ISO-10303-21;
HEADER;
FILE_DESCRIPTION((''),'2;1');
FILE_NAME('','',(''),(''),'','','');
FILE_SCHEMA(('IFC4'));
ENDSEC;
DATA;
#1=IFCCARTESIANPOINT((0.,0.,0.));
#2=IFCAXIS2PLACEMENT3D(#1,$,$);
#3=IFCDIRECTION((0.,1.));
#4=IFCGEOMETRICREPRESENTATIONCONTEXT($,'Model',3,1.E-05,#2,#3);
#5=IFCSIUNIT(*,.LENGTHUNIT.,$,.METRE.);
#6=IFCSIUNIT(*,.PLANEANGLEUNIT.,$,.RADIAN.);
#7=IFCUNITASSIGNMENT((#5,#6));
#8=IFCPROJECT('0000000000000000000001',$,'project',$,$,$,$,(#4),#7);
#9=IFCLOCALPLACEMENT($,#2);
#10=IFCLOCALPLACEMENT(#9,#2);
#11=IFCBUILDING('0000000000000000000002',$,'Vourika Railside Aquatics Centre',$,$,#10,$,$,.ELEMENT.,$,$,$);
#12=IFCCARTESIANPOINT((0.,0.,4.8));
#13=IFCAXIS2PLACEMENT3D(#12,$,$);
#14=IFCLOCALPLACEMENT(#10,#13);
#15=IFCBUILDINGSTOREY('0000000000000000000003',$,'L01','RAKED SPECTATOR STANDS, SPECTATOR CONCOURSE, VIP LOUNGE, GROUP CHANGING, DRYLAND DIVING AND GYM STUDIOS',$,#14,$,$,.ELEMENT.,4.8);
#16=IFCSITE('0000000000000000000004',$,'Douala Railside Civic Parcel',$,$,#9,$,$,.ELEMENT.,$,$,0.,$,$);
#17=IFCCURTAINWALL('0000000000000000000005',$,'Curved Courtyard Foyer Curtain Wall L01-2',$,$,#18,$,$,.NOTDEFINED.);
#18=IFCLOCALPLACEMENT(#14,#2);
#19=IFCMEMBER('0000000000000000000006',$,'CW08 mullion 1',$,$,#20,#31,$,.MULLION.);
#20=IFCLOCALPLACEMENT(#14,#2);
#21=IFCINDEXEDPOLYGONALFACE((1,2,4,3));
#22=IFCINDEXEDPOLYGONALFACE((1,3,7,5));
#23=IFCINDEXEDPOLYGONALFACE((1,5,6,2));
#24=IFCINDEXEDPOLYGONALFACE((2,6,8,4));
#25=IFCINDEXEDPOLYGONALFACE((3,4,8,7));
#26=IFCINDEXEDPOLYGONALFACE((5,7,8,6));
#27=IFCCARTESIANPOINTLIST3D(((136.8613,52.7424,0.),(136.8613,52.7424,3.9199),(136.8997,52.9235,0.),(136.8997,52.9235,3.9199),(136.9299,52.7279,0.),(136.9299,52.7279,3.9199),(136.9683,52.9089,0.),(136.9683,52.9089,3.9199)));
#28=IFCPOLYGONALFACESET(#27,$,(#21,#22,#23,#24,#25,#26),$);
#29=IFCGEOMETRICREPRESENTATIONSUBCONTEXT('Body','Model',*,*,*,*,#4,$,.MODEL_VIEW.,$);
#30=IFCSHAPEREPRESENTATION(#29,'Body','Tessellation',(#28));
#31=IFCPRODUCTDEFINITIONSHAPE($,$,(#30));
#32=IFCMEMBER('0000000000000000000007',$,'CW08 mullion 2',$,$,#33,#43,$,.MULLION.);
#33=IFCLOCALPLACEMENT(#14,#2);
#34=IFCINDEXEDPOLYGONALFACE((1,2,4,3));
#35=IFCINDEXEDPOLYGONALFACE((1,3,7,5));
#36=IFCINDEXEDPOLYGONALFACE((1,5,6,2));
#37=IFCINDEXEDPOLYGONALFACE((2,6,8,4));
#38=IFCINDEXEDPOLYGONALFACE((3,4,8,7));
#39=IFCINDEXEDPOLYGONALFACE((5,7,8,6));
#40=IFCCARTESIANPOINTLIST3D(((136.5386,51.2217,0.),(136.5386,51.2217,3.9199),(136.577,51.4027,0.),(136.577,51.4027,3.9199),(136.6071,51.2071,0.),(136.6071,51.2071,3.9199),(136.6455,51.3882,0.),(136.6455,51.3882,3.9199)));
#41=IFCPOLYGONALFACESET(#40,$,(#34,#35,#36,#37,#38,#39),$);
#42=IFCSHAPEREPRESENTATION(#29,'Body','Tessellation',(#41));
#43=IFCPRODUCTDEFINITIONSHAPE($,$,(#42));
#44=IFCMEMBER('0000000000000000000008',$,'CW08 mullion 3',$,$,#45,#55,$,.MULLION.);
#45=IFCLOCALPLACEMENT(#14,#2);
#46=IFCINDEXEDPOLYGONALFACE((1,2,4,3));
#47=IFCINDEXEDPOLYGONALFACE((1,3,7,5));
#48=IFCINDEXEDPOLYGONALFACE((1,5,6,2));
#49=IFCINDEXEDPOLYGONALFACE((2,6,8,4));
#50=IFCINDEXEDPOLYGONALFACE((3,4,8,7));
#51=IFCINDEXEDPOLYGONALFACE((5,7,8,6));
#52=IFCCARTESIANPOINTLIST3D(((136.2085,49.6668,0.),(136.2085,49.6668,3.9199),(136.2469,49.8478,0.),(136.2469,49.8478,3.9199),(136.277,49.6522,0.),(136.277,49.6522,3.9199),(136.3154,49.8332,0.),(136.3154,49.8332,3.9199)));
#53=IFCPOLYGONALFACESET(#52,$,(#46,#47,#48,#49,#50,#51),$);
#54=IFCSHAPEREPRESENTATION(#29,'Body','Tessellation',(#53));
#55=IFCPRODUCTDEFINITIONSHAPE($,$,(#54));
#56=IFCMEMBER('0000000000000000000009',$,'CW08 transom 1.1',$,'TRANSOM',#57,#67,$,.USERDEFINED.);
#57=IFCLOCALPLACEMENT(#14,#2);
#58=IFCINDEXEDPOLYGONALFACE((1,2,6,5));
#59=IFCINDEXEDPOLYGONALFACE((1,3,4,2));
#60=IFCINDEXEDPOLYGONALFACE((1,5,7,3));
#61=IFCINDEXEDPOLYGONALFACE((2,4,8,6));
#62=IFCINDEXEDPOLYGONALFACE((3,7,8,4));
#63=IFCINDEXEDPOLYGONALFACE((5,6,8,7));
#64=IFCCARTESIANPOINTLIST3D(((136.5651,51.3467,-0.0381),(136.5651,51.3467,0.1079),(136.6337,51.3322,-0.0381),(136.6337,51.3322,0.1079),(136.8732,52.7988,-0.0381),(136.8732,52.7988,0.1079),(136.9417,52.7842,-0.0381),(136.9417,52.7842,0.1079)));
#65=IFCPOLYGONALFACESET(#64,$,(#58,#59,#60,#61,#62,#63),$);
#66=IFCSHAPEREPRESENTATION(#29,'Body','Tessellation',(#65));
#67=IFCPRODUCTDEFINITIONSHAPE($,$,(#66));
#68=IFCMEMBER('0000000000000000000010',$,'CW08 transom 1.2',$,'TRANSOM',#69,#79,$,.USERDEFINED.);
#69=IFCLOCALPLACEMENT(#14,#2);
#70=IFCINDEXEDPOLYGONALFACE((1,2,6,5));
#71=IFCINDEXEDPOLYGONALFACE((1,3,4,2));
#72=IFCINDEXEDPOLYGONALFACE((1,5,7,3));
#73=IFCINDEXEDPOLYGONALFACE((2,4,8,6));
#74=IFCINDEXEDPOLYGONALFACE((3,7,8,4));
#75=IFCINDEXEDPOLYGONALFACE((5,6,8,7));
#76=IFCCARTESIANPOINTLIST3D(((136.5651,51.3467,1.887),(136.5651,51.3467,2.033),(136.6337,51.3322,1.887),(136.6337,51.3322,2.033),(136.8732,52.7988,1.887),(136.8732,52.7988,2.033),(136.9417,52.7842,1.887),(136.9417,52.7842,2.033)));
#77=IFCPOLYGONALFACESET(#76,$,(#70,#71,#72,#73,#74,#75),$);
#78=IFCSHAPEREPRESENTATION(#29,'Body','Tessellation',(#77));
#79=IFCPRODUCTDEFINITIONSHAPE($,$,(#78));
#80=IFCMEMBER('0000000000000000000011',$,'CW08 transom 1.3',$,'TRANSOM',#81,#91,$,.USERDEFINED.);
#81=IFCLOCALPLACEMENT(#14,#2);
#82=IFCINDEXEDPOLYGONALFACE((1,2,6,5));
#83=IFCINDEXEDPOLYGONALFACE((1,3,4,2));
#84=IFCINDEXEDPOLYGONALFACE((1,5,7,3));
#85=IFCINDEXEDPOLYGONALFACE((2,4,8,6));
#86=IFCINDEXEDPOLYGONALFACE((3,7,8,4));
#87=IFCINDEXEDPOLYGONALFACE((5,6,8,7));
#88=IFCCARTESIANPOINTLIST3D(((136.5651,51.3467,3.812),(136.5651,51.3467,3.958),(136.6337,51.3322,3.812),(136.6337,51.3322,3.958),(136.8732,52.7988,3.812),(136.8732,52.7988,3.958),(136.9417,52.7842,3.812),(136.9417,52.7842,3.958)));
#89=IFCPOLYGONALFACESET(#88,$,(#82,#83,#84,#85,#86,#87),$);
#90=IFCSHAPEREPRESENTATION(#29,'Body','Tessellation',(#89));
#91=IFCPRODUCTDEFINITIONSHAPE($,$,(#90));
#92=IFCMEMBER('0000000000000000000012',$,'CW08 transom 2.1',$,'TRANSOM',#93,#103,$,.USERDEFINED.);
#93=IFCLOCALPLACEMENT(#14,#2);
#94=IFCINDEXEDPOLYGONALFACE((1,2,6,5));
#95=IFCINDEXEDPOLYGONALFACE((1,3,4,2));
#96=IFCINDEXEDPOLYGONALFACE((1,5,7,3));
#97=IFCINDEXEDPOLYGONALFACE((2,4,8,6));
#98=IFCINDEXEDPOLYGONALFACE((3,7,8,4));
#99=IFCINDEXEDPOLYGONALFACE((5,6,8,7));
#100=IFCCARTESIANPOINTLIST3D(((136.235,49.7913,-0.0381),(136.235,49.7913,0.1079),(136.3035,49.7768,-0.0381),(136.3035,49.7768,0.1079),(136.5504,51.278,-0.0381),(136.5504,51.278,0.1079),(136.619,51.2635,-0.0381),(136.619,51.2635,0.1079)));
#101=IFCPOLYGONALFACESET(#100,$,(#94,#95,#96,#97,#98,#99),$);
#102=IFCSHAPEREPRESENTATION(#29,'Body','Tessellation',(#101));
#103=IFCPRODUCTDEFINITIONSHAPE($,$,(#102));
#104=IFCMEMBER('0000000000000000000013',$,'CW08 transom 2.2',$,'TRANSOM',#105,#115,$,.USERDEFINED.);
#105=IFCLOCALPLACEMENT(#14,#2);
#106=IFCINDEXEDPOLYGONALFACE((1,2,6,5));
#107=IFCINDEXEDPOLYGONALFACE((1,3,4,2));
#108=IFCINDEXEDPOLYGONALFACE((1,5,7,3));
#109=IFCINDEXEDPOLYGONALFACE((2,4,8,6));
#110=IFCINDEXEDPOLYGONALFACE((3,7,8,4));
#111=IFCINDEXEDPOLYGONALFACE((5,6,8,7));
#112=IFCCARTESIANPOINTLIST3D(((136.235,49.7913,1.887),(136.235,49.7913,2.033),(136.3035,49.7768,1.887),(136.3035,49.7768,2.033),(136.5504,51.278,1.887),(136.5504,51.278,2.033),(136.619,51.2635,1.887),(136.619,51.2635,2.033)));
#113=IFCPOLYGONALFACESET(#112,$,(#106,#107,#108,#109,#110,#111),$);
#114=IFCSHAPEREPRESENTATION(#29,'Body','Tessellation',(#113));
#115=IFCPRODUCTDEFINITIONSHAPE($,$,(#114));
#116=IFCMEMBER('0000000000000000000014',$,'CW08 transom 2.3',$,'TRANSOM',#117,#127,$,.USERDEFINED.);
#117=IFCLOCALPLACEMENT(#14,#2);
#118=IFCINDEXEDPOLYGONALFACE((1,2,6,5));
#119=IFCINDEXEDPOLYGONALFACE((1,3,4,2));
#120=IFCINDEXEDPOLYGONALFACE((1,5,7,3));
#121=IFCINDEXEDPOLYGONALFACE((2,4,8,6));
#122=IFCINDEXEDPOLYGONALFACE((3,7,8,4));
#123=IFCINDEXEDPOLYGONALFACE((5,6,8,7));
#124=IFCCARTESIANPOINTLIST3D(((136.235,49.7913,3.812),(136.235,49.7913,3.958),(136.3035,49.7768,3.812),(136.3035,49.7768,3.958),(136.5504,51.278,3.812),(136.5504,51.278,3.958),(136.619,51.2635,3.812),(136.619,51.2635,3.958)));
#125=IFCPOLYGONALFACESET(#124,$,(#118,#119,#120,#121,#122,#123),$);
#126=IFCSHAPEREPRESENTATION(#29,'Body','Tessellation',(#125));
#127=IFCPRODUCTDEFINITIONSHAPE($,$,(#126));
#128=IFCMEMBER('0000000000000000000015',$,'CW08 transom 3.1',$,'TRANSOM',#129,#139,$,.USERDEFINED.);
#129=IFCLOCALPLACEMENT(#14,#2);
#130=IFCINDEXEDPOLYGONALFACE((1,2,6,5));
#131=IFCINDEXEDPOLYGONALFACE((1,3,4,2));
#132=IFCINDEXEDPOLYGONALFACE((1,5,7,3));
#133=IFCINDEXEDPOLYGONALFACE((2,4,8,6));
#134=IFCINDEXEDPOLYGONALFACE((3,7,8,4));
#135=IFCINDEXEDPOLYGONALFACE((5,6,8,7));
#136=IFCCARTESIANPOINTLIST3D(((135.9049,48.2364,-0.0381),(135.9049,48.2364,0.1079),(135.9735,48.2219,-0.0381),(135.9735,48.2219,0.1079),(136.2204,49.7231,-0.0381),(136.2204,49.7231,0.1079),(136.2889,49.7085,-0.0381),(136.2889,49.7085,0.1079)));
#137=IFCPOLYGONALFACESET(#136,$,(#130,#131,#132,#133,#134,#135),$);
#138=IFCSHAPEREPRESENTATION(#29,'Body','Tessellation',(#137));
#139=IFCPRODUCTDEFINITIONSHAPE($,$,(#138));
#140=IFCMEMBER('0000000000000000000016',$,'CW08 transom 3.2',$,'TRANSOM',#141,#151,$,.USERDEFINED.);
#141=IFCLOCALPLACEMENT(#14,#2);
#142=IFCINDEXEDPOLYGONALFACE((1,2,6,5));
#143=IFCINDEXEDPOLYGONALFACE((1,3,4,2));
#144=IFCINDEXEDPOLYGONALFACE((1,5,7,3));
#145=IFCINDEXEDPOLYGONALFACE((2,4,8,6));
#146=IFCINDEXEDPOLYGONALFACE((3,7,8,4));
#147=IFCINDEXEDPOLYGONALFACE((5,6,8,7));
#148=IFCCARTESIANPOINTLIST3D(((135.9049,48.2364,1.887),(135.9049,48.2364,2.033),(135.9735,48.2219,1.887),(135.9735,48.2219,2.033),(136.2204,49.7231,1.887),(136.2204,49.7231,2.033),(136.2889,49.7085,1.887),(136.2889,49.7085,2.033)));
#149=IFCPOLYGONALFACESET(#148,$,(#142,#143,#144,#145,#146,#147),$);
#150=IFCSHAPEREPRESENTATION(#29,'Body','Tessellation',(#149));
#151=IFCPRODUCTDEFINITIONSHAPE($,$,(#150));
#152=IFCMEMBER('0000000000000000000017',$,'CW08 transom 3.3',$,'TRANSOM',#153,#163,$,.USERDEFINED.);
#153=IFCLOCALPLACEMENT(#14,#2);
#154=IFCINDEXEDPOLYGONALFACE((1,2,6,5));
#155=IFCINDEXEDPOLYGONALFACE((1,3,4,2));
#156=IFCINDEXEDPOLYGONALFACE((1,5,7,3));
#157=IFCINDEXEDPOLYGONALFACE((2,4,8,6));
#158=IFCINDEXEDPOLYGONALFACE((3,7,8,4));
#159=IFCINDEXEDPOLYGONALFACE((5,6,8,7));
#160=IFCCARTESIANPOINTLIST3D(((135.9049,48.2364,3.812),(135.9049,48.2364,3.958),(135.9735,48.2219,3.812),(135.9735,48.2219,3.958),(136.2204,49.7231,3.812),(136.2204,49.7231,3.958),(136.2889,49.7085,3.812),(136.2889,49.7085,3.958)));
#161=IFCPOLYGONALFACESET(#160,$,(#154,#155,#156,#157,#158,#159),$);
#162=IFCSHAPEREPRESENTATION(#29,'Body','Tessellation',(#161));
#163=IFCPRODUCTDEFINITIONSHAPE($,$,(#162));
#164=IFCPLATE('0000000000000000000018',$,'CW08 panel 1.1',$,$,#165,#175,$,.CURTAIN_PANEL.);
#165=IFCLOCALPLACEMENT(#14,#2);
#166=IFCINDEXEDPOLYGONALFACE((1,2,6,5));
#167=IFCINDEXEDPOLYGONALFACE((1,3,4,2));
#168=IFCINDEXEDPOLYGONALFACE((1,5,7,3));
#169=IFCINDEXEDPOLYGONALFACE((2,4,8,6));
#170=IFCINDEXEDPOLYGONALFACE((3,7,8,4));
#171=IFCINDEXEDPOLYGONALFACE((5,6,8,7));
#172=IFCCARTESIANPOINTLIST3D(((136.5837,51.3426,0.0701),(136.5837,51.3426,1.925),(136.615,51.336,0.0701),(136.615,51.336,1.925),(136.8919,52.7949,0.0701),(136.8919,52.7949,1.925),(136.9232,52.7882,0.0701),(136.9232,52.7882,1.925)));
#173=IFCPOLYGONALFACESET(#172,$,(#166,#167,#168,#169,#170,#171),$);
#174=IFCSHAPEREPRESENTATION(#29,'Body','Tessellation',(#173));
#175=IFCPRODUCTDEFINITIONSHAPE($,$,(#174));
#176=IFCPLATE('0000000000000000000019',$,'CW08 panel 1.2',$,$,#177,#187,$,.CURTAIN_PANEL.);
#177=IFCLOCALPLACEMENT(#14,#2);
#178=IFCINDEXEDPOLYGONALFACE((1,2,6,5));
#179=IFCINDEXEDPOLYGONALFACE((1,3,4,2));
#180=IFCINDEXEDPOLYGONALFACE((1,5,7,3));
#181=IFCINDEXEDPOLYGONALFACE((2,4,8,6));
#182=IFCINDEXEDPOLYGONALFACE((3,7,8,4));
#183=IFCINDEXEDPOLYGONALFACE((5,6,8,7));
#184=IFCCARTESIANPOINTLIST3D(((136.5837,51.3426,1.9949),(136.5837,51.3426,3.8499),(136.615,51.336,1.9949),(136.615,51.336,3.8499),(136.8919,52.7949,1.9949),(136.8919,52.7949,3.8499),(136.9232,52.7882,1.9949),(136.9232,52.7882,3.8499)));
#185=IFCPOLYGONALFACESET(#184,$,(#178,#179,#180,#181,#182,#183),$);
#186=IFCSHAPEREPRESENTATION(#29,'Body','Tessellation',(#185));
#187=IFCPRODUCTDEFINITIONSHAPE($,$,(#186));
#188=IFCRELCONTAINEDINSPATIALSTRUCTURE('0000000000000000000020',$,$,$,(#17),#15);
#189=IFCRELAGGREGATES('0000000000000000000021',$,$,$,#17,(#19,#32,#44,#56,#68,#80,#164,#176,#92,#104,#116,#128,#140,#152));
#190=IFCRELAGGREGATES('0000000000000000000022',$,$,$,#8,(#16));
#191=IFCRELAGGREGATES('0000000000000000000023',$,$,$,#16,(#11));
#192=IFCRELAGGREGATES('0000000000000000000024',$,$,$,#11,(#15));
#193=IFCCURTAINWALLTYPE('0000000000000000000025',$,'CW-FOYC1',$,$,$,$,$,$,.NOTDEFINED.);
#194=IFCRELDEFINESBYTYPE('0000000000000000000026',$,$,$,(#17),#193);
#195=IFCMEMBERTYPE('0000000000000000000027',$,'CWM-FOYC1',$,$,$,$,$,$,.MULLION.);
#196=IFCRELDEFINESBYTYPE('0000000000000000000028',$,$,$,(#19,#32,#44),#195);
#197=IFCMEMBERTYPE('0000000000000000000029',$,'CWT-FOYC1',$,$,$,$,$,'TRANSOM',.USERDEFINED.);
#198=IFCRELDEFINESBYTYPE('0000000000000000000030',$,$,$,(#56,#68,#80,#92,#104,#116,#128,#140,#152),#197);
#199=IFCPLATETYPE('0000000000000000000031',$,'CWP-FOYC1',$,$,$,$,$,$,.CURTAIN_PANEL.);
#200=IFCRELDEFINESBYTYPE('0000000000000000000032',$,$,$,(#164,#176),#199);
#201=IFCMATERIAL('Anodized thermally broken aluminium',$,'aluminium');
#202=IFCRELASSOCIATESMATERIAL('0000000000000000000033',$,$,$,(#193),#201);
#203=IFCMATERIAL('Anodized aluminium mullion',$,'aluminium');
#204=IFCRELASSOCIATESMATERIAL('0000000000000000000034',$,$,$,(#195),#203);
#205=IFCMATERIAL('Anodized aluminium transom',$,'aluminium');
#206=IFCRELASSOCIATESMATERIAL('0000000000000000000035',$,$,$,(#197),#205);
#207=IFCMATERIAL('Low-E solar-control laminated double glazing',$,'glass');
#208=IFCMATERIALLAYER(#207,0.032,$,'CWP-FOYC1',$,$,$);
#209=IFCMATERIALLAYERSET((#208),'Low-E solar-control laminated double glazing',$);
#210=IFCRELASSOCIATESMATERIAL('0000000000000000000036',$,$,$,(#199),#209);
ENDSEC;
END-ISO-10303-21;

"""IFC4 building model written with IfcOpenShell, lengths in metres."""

from ifc_helpers import new_model, si_unit, direction, frame, origin, origin_2d, place, context, subcontext, project, spatial, rectangle, extrude, material, layer, layer_set, material_profile, profile_set, type_object, element, aggregate, save


model = new_model("IFC4")

# Units and contexts
model_context = context("Model", 3, precision=1e-05, world=origin(), true_north=direction((0.0, 1.0)))
body_context = subcontext(model_context, "Body", "Model", "MODEL_VIEW")
ifc_project = project(units=[si_unit("LENGTHUNIT", "METRE"), si_unit("PLANEANGLEUNIT", "RADIAN")], contexts=[model_context])

# Site, building, storey
site_placement = place(None, origin())
site = spatial("IfcSite", under=ifc_project, at=site_placement, Name="Douala Railside Civic Parcel", CompositionType="ELEMENT", RefElevation=0.0)
building_placement = place(site_placement, origin())
building = spatial("IfcBuilding", under=site, at=building_placement, Name="Vourika Railside Aquatics Centre", CompositionType="ELEMENT")
storey_placement = place(building_placement, frame((0.0, 0.0, 4.8)))
storey = spatial("IfcBuildingStorey", under=building, at=storey_placement, Name="L01", Description="RAKED SPECTATOR STANDS, SPECTATOR CONCOURSE, VIP LOUNGE, GROUP CHANGING, DRYLAND DIVING AND GYM STUDIOS", CompositionType="ELEMENT", Elevation=4.8)

# Curtain wall, members, plates
ifc_material_1 = material(Name="Anodized thermally broken aluminium", Category="aluminium")
curtain_wall_type = type_object("IfcCurtainWallType", Name="CW-FOYC1", PredefinedType="NOTDEFINED", material=ifc_material_1)
curtain_wall_placement = place(storey_placement, origin())
curtain_wall = element("IfcCurtainWall", 1, at=curtain_wall_placement, inside=storey, type_object=curtain_wall_type, Name="Curved Courtyard Foyer Curtain Wall L01-2", PredefinedType="NOTDEFINED")
ifc_material_2 = material(Name="Anodized aluminium mullion", Category="aluminium")
ifc_material_profile_1 = material_profile(ifc_material_2, rectangle(XDim=0.0701, YDim=0.1851, at=origin_2d()), Name="ALU-M 70x185")
ifc_profile_set_1 = profile_set([ifc_material_profile_1], Name="Anodized aluminium mullion")
member_type_1 = type_object("IfcMemberType", Name="CWM-FOYC1", PredefinedType="MULLION", material=ifc_profile_set_1)
member_1_placement = place(storey_placement, frame((136.9148, 52.8257, 0.0), z_axis=(0.0, 0.0, 1.0), x_axis=(0.978215, -0.207595, 0.0)))
member_1 = element("IfcMember", 2, at=member_1_placement, type_object=member_type_1, Name="CW08 mullion 1", PredefinedType="MULLION", context=body_context, shape_type="SweptSolid", body=[
    extrude(rectangle(XDim=0.0701, YDim=0.1851, at=origin_2d()), origin(), (0.0, 0.0, 1.0), 3.9199),
])
member_2_placement = place(storey_placement, frame((136.592, 51.3049, 0.0), z_axis=(0.0, 0.0, 1.0), x_axis=(0.978215, -0.207595, 0.0)))
member_2 = element("IfcMember", 3, at=member_2_placement, type_object=member_type_1, Name="CW08 mullion 2", PredefinedType="MULLION", context=body_context, shape_type="SweptSolid", body=[
    extrude(rectangle(XDim=0.0701, YDim=0.1851, at=origin_2d()), origin(), (0.0, 0.0, 1.0), 3.9199),
])
member_3_placement = place(storey_placement, frame((136.262, 49.75, 0.0), z_axis=(0.0, 0.0, 1.0), x_axis=(0.978215, -0.207595, 0.0)))
member_3 = element("IfcMember", 4, at=member_3_placement, type_object=member_type_1, Name="CW08 mullion 3", PredefinedType="MULLION", context=body_context, shape_type="SweptSolid", body=[
    extrude(rectangle(XDim=0.0701, YDim=0.1851, at=origin_2d()), origin(), (0.0, 0.0, 1.0), 3.9199),
])
ifc_material_3 = material(Name="Anodized aluminium transom", Category="aluminium")
ifc_material_profile_2 = material_profile(ifc_material_3, rectangle(XDim=0.0701, YDim=0.146, at=origin_2d()), Name="ALU-T 70x146")
ifc_profile_set_2 = profile_set([ifc_material_profile_2], Name="Anodized aluminium transom")
member_type_2 = type_object("IfcMemberType", Name="CWT-FOYC1", ElementType="TRANSOM", PredefinedType="USERDEFINED", material=ifc_profile_set_2)
member_4_placement = place(storey_placement, frame((136.9075, 52.7915, 0.0349), z_axis=(-0.207552, -0.978224, 0.0), x_axis=(0.978224, -0.207552, 0.0)))
member_4 = element("IfcMember", 5, at=member_4_placement, type_object=member_type_2, Name="CW08 transom 1.1", ObjectType="TRANSOM", PredefinedType="USERDEFINED", context=body_context, shape_type="SweptSolid", body=[
    extrude(rectangle(XDim=0.0701, YDim=0.146, at=origin_2d()), origin(), (0.0, 0.0, 1.0), 1.4844),
])
member_5_placement = place(storey_placement, frame((136.9075, 52.7915, 1.96), z_axis=(-0.207552, -0.978224, 0.0), x_axis=(0.978224, -0.207552, 0.0)))
member_5 = element("IfcMember", 6, at=member_5_placement, type_object=member_type_2, Name="CW08 transom 1.2", ObjectType="TRANSOM", PredefinedType="USERDEFINED", context=body_context, shape_type="SweptSolid", body=[
    extrude(rectangle(XDim=0.0701, YDim=0.146, at=origin_2d()), origin(), (0.0, 0.0, 1.0), 1.4844),
])
member_6_placement = place(storey_placement, frame((136.9075, 52.7915, 3.885), z_axis=(-0.207552, -0.978224, 0.0), x_axis=(0.978224, -0.207552, 0.0)))
member_6 = element("IfcMember", 7, at=member_6_placement, type_object=member_type_2, Name="CW08 transom 1.3", ObjectType="TRANSOM", PredefinedType="USERDEFINED", context=body_context, shape_type="SweptSolid", body=[
    extrude(rectangle(XDim=0.0701, YDim=0.146, at=origin_2d()), origin(), (0.0, 0.0, 1.0), 1.4844),
])
member_7_placement = place(storey_placement, frame((136.5847, 51.2708, 0.0349), z_axis=(-0.207565, -0.978221, 0.0), x_axis=(0.978221, -0.207565, 0.0)))
member_7 = element("IfcMember", 8, at=member_7_placement, type_object=member_type_2, Name="CW08 transom 2.1", ObjectType="TRANSOM", PredefinedType="USERDEFINED", context=body_context, shape_type="SweptSolid", body=[
    extrude(rectangle(XDim=0.0701, YDim=0.146, at=origin_2d()), origin(), (0.0, 0.0, 1.0), 1.5198),
])
member_8_placement = place(storey_placement, frame((136.5847, 51.2708, 1.96), z_axis=(-0.207565, -0.978221, 0.0), x_axis=(0.978221, -0.207565, 0.0)))
member_8 = element("IfcMember", 9, at=member_8_placement, type_object=member_type_2, Name="CW08 transom 2.2", ObjectType="TRANSOM", PredefinedType="USERDEFINED", context=body_context, shape_type="SweptSolid", body=[
    extrude(rectangle(XDim=0.0701, YDim=0.146, at=origin_2d()), origin(), (0.0, 0.0, 1.0), 1.5198),
])
member_9_placement = place(storey_placement, frame((136.5847, 51.2708, 3.885), z_axis=(-0.207565, -0.978221, 0.0), x_axis=(0.978221, -0.207565, 0.0)))
member_9 = element("IfcMember", 10, at=member_9_placement, type_object=member_type_2, Name="CW08 transom 2.3", ObjectType="TRANSOM", PredefinedType="USERDEFINED", context=body_context, shape_type="SweptSolid", body=[
    extrude(rectangle(XDim=0.0701, YDim=0.146, at=origin_2d()), origin(), (0.0, 0.0, 1.0), 1.5198),
])
member_10_placement = place(storey_placement, frame((136.2546, 49.7158, 0.0349), z_axis=(-0.207565, -0.978221, 0.0), x_axis=(0.978221, -0.207565, 0.0)))
member_10 = element("IfcMember", 11, at=member_10_placement, type_object=member_type_2, Name="CW08 transom 3.1", ObjectType="TRANSOM", PredefinedType="USERDEFINED", context=body_context, shape_type="SweptSolid", body=[
    extrude(rectangle(XDim=0.0701, YDim=0.146, at=origin_2d()), origin(), (0.0, 0.0, 1.0), 1.5198),
])
member_11_placement = place(storey_placement, frame((136.2546, 49.7158, 1.96), z_axis=(-0.207565, -0.978221, 0.0), x_axis=(0.978221, -0.207565, 0.0)))
member_11 = element("IfcMember", 12, at=member_11_placement, type_object=member_type_2, Name="CW08 transom 3.2", ObjectType="TRANSOM", PredefinedType="USERDEFINED", context=body_context, shape_type="SweptSolid", body=[
    extrude(rectangle(XDim=0.0701, YDim=0.146, at=origin_2d()), origin(), (0.0, 0.0, 1.0), 1.5198),
])
member_12_placement = place(storey_placement, frame((136.2546, 49.7158, 3.885), z_axis=(-0.207565, -0.978221, 0.0), x_axis=(0.978221, -0.207565, 0.0)))
member_12 = element("IfcMember", 13, at=member_12_placement, type_object=member_type_2, Name="CW08 transom 3.3", ObjectType="TRANSOM", PredefinedType="USERDEFINED", context=body_context, shape_type="SweptSolid", body=[
    extrude(rectangle(XDim=0.0701, YDim=0.146, at=origin_2d()), origin(), (0.0, 0.0, 1.0), 1.5198),
])
ifc_material_4 = material(Name="Low-E solar-control laminated double glazing", Category="glass")
ifc_layer = layer(ifc_material_4, 0.032, Name="CWP-FOYC1")
ifc_layer_set = layer_set([ifc_layer], Name="Low-E solar-control laminated double glazing")
plate_type = type_object("IfcPlateType", Name="CWP-FOYC1", PredefinedType="CURTAIN_PANEL", material=ifc_layer_set)
plate_1_placement = place(storey_placement, frame((136.7534, 52.0654, 0.0701), z_axis=(0.0, 0.0, 1.0), x_axis=(-0.207595, -0.978215, 0.0)))
plate_1 = element("IfcPlate", 14, at=plate_1_placement, type_object=plate_type, Name="CW08 panel 1.1", PredefinedType="CURTAIN_PANEL", context=body_context, shape_type="SweptSolid", body=[
    extrude(rectangle(XDim=1.4846, YDim=0.032, at=origin_2d()), origin(), (0.0, 0.0, 1.0), 1.855),
])
plate_2_placement = place(storey_placement, frame((136.7534, 52.0654, 1.9949), z_axis=(0.0, 0.0, 1.0), x_axis=(-0.207595, -0.978215, 0.0)))
plate_2 = element("IfcPlate", 15, at=plate_2_placement, type_object=plate_type, Name="CW08 panel 1.2", PredefinedType="CURTAIN_PANEL", context=body_context, shape_type="SweptSolid", body=[
    extrude(rectangle(XDim=1.4846, YDim=0.032, at=origin_2d()), origin(), (0.0, 0.0, 1.0), 1.855),
])
aggregate(curtain_wall, [member_1, member_2, member_3, member_4, member_5, member_6, plate_1, plate_2, member_7, member_8, member_9, member_10, member_11, member_12])

save(model, "model.ifc")
